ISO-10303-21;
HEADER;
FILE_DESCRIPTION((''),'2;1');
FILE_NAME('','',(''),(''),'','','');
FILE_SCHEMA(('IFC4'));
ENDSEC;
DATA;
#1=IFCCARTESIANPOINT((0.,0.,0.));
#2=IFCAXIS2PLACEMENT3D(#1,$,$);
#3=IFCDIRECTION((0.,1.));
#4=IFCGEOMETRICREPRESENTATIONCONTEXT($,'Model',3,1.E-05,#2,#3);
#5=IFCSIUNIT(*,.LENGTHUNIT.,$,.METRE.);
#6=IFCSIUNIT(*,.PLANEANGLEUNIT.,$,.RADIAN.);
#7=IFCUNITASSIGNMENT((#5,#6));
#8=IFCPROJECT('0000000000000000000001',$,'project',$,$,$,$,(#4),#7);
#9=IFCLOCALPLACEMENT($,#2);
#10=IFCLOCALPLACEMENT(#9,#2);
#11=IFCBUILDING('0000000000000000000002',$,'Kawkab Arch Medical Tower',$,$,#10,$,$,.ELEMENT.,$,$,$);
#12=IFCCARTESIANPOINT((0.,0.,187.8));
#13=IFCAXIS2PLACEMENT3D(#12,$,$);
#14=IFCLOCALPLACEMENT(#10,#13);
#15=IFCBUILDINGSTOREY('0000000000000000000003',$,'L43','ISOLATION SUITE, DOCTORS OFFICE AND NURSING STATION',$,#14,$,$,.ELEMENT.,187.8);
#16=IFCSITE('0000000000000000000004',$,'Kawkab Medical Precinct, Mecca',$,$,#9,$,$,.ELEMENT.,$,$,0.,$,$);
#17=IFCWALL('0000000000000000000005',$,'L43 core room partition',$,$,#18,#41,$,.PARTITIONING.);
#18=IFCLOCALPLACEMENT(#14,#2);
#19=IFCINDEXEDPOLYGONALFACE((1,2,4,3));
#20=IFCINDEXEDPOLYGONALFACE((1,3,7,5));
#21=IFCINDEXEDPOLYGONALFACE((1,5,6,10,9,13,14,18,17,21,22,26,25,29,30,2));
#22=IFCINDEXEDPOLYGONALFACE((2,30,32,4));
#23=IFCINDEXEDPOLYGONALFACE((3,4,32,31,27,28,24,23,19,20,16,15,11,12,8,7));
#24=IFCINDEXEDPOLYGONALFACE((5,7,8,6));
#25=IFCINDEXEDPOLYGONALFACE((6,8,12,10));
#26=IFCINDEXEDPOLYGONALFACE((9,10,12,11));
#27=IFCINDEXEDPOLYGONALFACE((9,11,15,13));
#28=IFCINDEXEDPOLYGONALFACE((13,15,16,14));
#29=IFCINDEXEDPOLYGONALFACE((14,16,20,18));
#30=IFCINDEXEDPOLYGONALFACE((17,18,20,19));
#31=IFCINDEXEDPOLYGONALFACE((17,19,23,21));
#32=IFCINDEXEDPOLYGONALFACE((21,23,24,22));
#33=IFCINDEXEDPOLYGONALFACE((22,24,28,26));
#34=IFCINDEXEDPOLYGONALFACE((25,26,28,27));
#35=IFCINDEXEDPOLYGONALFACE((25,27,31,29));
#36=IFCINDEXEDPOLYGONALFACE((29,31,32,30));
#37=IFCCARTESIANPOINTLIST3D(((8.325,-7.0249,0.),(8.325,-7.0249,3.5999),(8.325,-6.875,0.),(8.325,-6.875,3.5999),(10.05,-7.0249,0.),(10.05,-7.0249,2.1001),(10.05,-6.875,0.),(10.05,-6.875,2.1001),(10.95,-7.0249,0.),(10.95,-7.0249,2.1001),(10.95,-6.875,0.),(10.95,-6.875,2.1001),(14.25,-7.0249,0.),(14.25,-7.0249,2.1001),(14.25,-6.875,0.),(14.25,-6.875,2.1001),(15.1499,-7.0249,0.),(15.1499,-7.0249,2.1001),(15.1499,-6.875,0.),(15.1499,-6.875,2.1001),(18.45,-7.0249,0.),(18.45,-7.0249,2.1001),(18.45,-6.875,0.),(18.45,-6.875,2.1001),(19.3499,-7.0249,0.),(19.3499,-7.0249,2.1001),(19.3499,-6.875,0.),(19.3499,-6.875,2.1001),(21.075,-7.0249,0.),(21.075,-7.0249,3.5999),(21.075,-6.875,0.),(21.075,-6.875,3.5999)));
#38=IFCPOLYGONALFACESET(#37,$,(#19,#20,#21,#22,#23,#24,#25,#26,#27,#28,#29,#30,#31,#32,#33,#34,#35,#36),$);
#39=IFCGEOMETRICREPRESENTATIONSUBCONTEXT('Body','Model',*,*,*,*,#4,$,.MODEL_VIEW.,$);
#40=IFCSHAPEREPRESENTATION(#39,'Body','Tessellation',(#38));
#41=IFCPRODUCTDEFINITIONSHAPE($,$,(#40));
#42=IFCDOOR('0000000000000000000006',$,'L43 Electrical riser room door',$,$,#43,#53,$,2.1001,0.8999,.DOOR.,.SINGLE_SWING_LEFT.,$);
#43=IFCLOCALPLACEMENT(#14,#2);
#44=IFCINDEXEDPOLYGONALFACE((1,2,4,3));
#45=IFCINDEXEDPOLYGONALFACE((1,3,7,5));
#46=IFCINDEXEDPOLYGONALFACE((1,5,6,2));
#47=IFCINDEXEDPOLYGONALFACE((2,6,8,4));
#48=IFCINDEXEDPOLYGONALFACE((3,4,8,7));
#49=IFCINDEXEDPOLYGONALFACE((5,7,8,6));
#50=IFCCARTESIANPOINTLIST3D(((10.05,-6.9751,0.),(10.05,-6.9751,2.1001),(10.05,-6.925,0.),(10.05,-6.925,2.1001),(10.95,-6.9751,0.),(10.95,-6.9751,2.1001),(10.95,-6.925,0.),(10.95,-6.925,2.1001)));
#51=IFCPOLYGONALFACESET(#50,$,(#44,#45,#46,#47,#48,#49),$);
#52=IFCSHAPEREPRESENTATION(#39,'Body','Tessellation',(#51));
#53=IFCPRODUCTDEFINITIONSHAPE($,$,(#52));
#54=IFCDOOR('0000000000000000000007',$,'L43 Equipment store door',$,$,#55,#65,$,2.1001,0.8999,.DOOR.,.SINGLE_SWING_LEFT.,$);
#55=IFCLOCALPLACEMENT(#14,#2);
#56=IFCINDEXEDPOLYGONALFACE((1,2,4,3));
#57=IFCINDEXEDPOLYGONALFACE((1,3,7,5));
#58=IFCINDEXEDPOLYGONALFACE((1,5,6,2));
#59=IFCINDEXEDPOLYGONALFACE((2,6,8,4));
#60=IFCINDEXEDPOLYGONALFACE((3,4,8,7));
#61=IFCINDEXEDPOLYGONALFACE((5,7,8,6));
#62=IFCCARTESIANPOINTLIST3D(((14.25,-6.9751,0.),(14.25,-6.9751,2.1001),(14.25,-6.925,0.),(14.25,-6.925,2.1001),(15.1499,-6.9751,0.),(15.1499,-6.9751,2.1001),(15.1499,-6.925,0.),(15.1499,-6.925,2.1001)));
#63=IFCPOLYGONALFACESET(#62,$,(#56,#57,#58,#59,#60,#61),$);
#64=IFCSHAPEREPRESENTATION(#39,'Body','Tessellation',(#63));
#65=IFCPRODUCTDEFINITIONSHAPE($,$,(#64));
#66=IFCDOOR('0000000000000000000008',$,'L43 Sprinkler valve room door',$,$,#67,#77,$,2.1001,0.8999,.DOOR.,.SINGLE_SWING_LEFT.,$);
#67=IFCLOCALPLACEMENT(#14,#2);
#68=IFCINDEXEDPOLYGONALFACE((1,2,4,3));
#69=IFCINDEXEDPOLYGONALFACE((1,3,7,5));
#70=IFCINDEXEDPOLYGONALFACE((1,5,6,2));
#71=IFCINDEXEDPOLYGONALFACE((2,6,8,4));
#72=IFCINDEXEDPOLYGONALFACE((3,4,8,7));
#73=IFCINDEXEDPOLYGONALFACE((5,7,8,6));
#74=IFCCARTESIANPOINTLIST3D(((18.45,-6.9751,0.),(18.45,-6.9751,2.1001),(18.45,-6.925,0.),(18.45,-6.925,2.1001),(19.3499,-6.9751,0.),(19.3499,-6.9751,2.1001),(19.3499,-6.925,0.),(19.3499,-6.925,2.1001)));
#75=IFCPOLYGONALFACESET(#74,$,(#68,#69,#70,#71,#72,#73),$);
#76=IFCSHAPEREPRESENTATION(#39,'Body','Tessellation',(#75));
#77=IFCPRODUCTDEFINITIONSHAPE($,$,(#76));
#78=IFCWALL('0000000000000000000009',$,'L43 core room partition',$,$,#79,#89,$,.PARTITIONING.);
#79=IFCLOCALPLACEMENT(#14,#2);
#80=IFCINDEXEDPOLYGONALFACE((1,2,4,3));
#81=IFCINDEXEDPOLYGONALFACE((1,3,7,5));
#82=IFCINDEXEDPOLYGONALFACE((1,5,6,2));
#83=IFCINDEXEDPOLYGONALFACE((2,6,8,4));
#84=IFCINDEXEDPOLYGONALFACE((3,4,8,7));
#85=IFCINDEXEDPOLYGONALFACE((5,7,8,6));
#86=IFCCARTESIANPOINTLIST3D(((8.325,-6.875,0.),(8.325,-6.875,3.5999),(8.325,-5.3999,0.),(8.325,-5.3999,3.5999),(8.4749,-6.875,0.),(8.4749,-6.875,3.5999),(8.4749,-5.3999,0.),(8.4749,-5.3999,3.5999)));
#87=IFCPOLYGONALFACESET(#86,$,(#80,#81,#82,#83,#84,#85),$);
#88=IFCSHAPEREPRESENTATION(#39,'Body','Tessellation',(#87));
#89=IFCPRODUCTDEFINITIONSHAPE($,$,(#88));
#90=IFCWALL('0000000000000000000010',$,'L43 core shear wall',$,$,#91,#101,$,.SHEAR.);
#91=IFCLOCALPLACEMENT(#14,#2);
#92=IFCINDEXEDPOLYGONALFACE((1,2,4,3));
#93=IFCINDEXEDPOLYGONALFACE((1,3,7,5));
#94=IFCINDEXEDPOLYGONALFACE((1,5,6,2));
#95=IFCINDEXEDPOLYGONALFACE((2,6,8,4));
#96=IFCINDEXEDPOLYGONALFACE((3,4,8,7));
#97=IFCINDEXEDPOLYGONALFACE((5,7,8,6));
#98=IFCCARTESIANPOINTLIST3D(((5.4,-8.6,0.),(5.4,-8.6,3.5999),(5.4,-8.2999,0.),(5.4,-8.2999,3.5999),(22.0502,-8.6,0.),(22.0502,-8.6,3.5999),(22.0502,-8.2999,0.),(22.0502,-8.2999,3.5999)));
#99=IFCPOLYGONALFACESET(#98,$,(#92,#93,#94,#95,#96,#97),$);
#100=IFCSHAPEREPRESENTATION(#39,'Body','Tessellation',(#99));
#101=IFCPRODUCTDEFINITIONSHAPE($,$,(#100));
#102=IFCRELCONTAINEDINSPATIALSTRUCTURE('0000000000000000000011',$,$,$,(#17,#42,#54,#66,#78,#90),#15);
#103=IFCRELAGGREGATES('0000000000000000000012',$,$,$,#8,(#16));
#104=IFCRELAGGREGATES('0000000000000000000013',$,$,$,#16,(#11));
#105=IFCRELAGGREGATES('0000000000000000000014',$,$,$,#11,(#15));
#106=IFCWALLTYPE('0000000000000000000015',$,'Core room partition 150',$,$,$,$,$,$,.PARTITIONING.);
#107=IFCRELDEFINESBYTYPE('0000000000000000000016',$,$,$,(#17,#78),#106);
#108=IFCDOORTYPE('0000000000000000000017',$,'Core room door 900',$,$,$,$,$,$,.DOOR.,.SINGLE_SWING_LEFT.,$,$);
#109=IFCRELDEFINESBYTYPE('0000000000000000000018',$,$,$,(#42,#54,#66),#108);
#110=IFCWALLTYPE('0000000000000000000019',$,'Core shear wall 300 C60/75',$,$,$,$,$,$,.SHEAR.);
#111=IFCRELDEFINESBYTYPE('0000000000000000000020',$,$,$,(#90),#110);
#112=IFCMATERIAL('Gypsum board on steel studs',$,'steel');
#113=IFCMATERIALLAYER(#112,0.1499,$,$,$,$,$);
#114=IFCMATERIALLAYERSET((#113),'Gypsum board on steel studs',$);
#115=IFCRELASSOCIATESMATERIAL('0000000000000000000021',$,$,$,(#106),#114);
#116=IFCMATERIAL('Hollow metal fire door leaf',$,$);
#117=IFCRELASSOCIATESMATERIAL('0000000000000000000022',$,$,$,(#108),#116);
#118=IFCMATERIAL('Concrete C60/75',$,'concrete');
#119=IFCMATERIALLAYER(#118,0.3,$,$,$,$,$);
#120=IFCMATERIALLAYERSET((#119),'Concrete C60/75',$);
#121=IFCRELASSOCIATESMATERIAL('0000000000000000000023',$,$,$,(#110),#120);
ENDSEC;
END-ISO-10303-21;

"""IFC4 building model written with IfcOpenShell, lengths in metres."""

from ifc_helpers import new_model, si_unit, direction, frame, frame_2d, origin, place, context, subcontext, project, spatial, rectangle, extrude, material, layer, layer_set, type_object, element, fill, save


model = new_model("IFC4")

# Units and contexts
model_context = context("Model", 3, precision=1e-05, world=origin(), true_north=direction((0.0, 1.0)))
body_context = subcontext(model_context, "Body", "Model", "MODEL_VIEW")
ifc_project = project(units=[si_unit("LENGTHUNIT", "METRE"), si_unit("PLANEANGLEUNIT", "RADIAN")], contexts=[model_context])

# Site, building, storey
site_placement = place(None, origin())
site = spatial("IfcSite", under=ifc_project, at=site_placement, Name="Kawkab Medical Precinct, Mecca", CompositionType="ELEMENT", RefElevation=0.0)
building_placement = place(site_placement, origin())
building = spatial("IfcBuilding", under=site, at=building_placement, Name="Kawkab Arch Medical Tower", CompositionType="ELEMENT")
storey_placement = place(building_placement, frame((0.0, 0.0, 187.8)))
storey = spatial("IfcBuildingStorey", under=building, at=storey_placement, Name="L43", Description="ISOLATION SUITE, DOCTORS OFFICE AND NURSING STATION", CompositionType="ELEMENT", Elevation=187.8)

# Wall, openings, doors
ifc_material_1 = material(Name="Gypsum board on steel studs", Category="steel")
ifc_layer_1 = layer(ifc_material_1, 0.1499)
ifc_layer_set_1 = layer_set([ifc_layer_1], Name="Gypsum board on steel studs")
wall_type_1 = type_object("IfcWallType", Name="Core room partition 150", PredefinedType="PARTITIONING", material=ifc_layer_set_1)
wall_1_placement = place(storey_placement, frame((8.325, -6.95, 0.0), z_axis=(0.0, 0.0, 1.0), x_axis=(1.0, 0.0, 0.0)))
wall_1 = element("IfcWall", 1, at=wall_1_placement, inside=storey, type_object=wall_type_1, Name="L43 core room partition", PredefinedType="PARTITIONING", context=body_context, shape_type="SweptSolid", body=[
    extrude(rectangle(XDim=12.75, YDim=0.1499, at=frame_2d((6.375, 0.0))), origin(), (0.0, 0.0, 1.0), 3.5999),
])
opening_1_placement = place(wall_1_placement, frame((1.7251, 0.0, 0.0)))
opening_1 = element("IfcOpeningElement", 2, at=opening_1_placement, cuts=wall_1, PredefinedType="OPENING", context=body_context, shape_type="SweptSolid", body=[
    extrude(rectangle(XDim=0.8999, YDim=2.1001, at=frame_2d((0.45, 1.05))), frame((0.0, 0.085, 0.0), z_axis=(0.0, -1.0, 0.0), x_axis=(1.0, 0.0, 0.0)), (0.0, 0.0, 1.0), 0.1699),
])
opening_2_placement = place(wall_1_placement, frame((5.925, 0.0, 0.0)))
opening_2 = element("IfcOpeningElement", 3, at=opening_2_placement, cuts=wall_1, PredefinedType="OPENING", context=body_context, shape_type="SweptSolid", body=[
    extrude(rectangle(XDim=0.8999, YDim=2.1001, at=frame_2d((0.45, 1.05))), frame((0.0, 0.085, 0.0), z_axis=(0.0, -1.0, 0.0), x_axis=(1.0, 0.0, 0.0)), (0.0, 0.0, 1.0), 0.1699),
])
opening_3_placement = place(wall_1_placement, frame((10.125, 0.0, 0.0)))
opening_3 = element("IfcOpeningElement", 4, at=opening_3_placement, cuts=wall_1, PredefinedType="OPENING", context=body_context, shape_type="SweptSolid", body=[
    extrude(rectangle(XDim=0.8999, YDim=2.1001, at=frame_2d((0.45, 1.05))), frame((0.0, 0.085, 0.0), z_axis=(0.0, -1.0, 0.0), x_axis=(1.0, 0.0, 0.0)), (0.0, 0.0, 1.0), 0.1699),
])
ifc_material_2 = material(Name="Hollow metal fire door leaf")
door_type_1 = type_object("IfcDoorType", Name="Core room door 900", OperationType="SINGLE_SWING_LEFT", PredefinedType="DOOR", material=ifc_material_2)
door_1_placement = place(opening_1_placement, origin())
door_1 = element("IfcDoor", 5, at=door_1_placement, inside=storey, type_object=door_type_1, Name="L43 Electrical riser room door", OperationType="SINGLE_SWING_LEFT", OverallHeight=2.1001, OverallWidth=0.8999, PredefinedType="DOOR", context=body_context, shape_type="SweptSolid", body=[
    extrude(rectangle(XDim=0.8999, YDim=2.1001, at=frame_2d((0.45, 1.05))), frame((0.0, 0.0249, 0.0), z_axis=(0.0, -1.0, 0.0), x_axis=(1.0, 0.0, 0.0)), (0.0, 0.0, 1.0), 0.05),
])
fill(opening_1, door_1)
door_2_placement = place(opening_2_placement, origin())
door_2 = element("IfcDoor", 6, at=door_2_placement, inside=storey, type_object=door_type_1, Name="L43 Equipment store door", OperationType="SINGLE_SWING_LEFT", OverallHeight=2.1001, OverallWidth=0.8999, PredefinedType="DOOR", context=body_context, shape_type="SweptSolid", body=[
    extrude(rectangle(XDim=0.8999, YDim=2.1001, at=frame_2d((0.45, 1.05))), frame((0.0, 0.0249, 0.0), z_axis=(0.0, -1.0, 0.0), x_axis=(1.0, 0.0, 0.0)), (0.0, 0.0, 1.0), 0.05),
])
fill(opening_2, door_2)
door_3_placement = place(opening_3_placement, origin())
door_3 = element("IfcDoor", 7, at=door_3_placement, inside=storey, type_object=door_type_1, Name="L43 Sprinkler valve room door", OperationType="SINGLE_SWING_LEFT", OverallHeight=2.1001, OverallWidth=0.8999, PredefinedType="DOOR", context=body_context, shape_type="SweptSolid", body=[
    extrude(rectangle(XDim=0.8999, YDim=2.1001, at=frame_2d((0.45, 1.05))), frame((0.0, 0.0249, 0.0), z_axis=(0.0, -1.0, 0.0), x_axis=(1.0, 0.0, 0.0)), (0.0, 0.0, 1.0), 0.05),
])
fill(opening_3, door_3)

# Walls
wall_2_placement = place(storey_placement, frame((8.3999, -6.875, 0.0), z_axis=(0.0, 0.0, 1.0), x_axis=(0.0, 1.0, 0.0)))
element("IfcWall", 8, at=wall_2_placement, inside=storey, type_object=wall_type_1, Name="L43 core room partition", PredefinedType="PARTITIONING", context=body_context, shape_type="SweptSolid", body=[
    extrude(rectangle(XDim=1.4751, YDim=0.1499, at=frame_2d((0.7375, 0.0))), origin(), (0.0, 0.0, 1.0), 3.5999),
])
ifc_material_3 = material(Name="Concrete C60/75", Category="concrete")
ifc_layer_2 = layer(ifc_material_3, 0.3)
ifc_layer_set_2 = layer_set([ifc_layer_2], Name="Concrete C60/75")
wall_type_2 = type_object("IfcWallType", Name="Core shear wall 300 C60/75", PredefinedType="SHEAR", material=ifc_layer_set_2)
wall_3_placement = place(storey_placement, frame((5.3999, -8.45, 0.0), z_axis=(0.0, 0.0, 1.0), x_axis=(1.0, 0.0, 0.0)))
element("IfcWall", 9, at=wall_3_placement, inside=storey, type_object=wall_type_2, Name="L43 core shear wall", PredefinedType="SHEAR", context=body_context, shape_type="SweptSolid", body=[
    extrude(rectangle(XDim=16.6501, YDim=0.3, at=frame_2d((8.3252, 0.0))), origin(), (0.0, 0.0, 1.0), 3.5999),
])

save(model, "model.ifc")
